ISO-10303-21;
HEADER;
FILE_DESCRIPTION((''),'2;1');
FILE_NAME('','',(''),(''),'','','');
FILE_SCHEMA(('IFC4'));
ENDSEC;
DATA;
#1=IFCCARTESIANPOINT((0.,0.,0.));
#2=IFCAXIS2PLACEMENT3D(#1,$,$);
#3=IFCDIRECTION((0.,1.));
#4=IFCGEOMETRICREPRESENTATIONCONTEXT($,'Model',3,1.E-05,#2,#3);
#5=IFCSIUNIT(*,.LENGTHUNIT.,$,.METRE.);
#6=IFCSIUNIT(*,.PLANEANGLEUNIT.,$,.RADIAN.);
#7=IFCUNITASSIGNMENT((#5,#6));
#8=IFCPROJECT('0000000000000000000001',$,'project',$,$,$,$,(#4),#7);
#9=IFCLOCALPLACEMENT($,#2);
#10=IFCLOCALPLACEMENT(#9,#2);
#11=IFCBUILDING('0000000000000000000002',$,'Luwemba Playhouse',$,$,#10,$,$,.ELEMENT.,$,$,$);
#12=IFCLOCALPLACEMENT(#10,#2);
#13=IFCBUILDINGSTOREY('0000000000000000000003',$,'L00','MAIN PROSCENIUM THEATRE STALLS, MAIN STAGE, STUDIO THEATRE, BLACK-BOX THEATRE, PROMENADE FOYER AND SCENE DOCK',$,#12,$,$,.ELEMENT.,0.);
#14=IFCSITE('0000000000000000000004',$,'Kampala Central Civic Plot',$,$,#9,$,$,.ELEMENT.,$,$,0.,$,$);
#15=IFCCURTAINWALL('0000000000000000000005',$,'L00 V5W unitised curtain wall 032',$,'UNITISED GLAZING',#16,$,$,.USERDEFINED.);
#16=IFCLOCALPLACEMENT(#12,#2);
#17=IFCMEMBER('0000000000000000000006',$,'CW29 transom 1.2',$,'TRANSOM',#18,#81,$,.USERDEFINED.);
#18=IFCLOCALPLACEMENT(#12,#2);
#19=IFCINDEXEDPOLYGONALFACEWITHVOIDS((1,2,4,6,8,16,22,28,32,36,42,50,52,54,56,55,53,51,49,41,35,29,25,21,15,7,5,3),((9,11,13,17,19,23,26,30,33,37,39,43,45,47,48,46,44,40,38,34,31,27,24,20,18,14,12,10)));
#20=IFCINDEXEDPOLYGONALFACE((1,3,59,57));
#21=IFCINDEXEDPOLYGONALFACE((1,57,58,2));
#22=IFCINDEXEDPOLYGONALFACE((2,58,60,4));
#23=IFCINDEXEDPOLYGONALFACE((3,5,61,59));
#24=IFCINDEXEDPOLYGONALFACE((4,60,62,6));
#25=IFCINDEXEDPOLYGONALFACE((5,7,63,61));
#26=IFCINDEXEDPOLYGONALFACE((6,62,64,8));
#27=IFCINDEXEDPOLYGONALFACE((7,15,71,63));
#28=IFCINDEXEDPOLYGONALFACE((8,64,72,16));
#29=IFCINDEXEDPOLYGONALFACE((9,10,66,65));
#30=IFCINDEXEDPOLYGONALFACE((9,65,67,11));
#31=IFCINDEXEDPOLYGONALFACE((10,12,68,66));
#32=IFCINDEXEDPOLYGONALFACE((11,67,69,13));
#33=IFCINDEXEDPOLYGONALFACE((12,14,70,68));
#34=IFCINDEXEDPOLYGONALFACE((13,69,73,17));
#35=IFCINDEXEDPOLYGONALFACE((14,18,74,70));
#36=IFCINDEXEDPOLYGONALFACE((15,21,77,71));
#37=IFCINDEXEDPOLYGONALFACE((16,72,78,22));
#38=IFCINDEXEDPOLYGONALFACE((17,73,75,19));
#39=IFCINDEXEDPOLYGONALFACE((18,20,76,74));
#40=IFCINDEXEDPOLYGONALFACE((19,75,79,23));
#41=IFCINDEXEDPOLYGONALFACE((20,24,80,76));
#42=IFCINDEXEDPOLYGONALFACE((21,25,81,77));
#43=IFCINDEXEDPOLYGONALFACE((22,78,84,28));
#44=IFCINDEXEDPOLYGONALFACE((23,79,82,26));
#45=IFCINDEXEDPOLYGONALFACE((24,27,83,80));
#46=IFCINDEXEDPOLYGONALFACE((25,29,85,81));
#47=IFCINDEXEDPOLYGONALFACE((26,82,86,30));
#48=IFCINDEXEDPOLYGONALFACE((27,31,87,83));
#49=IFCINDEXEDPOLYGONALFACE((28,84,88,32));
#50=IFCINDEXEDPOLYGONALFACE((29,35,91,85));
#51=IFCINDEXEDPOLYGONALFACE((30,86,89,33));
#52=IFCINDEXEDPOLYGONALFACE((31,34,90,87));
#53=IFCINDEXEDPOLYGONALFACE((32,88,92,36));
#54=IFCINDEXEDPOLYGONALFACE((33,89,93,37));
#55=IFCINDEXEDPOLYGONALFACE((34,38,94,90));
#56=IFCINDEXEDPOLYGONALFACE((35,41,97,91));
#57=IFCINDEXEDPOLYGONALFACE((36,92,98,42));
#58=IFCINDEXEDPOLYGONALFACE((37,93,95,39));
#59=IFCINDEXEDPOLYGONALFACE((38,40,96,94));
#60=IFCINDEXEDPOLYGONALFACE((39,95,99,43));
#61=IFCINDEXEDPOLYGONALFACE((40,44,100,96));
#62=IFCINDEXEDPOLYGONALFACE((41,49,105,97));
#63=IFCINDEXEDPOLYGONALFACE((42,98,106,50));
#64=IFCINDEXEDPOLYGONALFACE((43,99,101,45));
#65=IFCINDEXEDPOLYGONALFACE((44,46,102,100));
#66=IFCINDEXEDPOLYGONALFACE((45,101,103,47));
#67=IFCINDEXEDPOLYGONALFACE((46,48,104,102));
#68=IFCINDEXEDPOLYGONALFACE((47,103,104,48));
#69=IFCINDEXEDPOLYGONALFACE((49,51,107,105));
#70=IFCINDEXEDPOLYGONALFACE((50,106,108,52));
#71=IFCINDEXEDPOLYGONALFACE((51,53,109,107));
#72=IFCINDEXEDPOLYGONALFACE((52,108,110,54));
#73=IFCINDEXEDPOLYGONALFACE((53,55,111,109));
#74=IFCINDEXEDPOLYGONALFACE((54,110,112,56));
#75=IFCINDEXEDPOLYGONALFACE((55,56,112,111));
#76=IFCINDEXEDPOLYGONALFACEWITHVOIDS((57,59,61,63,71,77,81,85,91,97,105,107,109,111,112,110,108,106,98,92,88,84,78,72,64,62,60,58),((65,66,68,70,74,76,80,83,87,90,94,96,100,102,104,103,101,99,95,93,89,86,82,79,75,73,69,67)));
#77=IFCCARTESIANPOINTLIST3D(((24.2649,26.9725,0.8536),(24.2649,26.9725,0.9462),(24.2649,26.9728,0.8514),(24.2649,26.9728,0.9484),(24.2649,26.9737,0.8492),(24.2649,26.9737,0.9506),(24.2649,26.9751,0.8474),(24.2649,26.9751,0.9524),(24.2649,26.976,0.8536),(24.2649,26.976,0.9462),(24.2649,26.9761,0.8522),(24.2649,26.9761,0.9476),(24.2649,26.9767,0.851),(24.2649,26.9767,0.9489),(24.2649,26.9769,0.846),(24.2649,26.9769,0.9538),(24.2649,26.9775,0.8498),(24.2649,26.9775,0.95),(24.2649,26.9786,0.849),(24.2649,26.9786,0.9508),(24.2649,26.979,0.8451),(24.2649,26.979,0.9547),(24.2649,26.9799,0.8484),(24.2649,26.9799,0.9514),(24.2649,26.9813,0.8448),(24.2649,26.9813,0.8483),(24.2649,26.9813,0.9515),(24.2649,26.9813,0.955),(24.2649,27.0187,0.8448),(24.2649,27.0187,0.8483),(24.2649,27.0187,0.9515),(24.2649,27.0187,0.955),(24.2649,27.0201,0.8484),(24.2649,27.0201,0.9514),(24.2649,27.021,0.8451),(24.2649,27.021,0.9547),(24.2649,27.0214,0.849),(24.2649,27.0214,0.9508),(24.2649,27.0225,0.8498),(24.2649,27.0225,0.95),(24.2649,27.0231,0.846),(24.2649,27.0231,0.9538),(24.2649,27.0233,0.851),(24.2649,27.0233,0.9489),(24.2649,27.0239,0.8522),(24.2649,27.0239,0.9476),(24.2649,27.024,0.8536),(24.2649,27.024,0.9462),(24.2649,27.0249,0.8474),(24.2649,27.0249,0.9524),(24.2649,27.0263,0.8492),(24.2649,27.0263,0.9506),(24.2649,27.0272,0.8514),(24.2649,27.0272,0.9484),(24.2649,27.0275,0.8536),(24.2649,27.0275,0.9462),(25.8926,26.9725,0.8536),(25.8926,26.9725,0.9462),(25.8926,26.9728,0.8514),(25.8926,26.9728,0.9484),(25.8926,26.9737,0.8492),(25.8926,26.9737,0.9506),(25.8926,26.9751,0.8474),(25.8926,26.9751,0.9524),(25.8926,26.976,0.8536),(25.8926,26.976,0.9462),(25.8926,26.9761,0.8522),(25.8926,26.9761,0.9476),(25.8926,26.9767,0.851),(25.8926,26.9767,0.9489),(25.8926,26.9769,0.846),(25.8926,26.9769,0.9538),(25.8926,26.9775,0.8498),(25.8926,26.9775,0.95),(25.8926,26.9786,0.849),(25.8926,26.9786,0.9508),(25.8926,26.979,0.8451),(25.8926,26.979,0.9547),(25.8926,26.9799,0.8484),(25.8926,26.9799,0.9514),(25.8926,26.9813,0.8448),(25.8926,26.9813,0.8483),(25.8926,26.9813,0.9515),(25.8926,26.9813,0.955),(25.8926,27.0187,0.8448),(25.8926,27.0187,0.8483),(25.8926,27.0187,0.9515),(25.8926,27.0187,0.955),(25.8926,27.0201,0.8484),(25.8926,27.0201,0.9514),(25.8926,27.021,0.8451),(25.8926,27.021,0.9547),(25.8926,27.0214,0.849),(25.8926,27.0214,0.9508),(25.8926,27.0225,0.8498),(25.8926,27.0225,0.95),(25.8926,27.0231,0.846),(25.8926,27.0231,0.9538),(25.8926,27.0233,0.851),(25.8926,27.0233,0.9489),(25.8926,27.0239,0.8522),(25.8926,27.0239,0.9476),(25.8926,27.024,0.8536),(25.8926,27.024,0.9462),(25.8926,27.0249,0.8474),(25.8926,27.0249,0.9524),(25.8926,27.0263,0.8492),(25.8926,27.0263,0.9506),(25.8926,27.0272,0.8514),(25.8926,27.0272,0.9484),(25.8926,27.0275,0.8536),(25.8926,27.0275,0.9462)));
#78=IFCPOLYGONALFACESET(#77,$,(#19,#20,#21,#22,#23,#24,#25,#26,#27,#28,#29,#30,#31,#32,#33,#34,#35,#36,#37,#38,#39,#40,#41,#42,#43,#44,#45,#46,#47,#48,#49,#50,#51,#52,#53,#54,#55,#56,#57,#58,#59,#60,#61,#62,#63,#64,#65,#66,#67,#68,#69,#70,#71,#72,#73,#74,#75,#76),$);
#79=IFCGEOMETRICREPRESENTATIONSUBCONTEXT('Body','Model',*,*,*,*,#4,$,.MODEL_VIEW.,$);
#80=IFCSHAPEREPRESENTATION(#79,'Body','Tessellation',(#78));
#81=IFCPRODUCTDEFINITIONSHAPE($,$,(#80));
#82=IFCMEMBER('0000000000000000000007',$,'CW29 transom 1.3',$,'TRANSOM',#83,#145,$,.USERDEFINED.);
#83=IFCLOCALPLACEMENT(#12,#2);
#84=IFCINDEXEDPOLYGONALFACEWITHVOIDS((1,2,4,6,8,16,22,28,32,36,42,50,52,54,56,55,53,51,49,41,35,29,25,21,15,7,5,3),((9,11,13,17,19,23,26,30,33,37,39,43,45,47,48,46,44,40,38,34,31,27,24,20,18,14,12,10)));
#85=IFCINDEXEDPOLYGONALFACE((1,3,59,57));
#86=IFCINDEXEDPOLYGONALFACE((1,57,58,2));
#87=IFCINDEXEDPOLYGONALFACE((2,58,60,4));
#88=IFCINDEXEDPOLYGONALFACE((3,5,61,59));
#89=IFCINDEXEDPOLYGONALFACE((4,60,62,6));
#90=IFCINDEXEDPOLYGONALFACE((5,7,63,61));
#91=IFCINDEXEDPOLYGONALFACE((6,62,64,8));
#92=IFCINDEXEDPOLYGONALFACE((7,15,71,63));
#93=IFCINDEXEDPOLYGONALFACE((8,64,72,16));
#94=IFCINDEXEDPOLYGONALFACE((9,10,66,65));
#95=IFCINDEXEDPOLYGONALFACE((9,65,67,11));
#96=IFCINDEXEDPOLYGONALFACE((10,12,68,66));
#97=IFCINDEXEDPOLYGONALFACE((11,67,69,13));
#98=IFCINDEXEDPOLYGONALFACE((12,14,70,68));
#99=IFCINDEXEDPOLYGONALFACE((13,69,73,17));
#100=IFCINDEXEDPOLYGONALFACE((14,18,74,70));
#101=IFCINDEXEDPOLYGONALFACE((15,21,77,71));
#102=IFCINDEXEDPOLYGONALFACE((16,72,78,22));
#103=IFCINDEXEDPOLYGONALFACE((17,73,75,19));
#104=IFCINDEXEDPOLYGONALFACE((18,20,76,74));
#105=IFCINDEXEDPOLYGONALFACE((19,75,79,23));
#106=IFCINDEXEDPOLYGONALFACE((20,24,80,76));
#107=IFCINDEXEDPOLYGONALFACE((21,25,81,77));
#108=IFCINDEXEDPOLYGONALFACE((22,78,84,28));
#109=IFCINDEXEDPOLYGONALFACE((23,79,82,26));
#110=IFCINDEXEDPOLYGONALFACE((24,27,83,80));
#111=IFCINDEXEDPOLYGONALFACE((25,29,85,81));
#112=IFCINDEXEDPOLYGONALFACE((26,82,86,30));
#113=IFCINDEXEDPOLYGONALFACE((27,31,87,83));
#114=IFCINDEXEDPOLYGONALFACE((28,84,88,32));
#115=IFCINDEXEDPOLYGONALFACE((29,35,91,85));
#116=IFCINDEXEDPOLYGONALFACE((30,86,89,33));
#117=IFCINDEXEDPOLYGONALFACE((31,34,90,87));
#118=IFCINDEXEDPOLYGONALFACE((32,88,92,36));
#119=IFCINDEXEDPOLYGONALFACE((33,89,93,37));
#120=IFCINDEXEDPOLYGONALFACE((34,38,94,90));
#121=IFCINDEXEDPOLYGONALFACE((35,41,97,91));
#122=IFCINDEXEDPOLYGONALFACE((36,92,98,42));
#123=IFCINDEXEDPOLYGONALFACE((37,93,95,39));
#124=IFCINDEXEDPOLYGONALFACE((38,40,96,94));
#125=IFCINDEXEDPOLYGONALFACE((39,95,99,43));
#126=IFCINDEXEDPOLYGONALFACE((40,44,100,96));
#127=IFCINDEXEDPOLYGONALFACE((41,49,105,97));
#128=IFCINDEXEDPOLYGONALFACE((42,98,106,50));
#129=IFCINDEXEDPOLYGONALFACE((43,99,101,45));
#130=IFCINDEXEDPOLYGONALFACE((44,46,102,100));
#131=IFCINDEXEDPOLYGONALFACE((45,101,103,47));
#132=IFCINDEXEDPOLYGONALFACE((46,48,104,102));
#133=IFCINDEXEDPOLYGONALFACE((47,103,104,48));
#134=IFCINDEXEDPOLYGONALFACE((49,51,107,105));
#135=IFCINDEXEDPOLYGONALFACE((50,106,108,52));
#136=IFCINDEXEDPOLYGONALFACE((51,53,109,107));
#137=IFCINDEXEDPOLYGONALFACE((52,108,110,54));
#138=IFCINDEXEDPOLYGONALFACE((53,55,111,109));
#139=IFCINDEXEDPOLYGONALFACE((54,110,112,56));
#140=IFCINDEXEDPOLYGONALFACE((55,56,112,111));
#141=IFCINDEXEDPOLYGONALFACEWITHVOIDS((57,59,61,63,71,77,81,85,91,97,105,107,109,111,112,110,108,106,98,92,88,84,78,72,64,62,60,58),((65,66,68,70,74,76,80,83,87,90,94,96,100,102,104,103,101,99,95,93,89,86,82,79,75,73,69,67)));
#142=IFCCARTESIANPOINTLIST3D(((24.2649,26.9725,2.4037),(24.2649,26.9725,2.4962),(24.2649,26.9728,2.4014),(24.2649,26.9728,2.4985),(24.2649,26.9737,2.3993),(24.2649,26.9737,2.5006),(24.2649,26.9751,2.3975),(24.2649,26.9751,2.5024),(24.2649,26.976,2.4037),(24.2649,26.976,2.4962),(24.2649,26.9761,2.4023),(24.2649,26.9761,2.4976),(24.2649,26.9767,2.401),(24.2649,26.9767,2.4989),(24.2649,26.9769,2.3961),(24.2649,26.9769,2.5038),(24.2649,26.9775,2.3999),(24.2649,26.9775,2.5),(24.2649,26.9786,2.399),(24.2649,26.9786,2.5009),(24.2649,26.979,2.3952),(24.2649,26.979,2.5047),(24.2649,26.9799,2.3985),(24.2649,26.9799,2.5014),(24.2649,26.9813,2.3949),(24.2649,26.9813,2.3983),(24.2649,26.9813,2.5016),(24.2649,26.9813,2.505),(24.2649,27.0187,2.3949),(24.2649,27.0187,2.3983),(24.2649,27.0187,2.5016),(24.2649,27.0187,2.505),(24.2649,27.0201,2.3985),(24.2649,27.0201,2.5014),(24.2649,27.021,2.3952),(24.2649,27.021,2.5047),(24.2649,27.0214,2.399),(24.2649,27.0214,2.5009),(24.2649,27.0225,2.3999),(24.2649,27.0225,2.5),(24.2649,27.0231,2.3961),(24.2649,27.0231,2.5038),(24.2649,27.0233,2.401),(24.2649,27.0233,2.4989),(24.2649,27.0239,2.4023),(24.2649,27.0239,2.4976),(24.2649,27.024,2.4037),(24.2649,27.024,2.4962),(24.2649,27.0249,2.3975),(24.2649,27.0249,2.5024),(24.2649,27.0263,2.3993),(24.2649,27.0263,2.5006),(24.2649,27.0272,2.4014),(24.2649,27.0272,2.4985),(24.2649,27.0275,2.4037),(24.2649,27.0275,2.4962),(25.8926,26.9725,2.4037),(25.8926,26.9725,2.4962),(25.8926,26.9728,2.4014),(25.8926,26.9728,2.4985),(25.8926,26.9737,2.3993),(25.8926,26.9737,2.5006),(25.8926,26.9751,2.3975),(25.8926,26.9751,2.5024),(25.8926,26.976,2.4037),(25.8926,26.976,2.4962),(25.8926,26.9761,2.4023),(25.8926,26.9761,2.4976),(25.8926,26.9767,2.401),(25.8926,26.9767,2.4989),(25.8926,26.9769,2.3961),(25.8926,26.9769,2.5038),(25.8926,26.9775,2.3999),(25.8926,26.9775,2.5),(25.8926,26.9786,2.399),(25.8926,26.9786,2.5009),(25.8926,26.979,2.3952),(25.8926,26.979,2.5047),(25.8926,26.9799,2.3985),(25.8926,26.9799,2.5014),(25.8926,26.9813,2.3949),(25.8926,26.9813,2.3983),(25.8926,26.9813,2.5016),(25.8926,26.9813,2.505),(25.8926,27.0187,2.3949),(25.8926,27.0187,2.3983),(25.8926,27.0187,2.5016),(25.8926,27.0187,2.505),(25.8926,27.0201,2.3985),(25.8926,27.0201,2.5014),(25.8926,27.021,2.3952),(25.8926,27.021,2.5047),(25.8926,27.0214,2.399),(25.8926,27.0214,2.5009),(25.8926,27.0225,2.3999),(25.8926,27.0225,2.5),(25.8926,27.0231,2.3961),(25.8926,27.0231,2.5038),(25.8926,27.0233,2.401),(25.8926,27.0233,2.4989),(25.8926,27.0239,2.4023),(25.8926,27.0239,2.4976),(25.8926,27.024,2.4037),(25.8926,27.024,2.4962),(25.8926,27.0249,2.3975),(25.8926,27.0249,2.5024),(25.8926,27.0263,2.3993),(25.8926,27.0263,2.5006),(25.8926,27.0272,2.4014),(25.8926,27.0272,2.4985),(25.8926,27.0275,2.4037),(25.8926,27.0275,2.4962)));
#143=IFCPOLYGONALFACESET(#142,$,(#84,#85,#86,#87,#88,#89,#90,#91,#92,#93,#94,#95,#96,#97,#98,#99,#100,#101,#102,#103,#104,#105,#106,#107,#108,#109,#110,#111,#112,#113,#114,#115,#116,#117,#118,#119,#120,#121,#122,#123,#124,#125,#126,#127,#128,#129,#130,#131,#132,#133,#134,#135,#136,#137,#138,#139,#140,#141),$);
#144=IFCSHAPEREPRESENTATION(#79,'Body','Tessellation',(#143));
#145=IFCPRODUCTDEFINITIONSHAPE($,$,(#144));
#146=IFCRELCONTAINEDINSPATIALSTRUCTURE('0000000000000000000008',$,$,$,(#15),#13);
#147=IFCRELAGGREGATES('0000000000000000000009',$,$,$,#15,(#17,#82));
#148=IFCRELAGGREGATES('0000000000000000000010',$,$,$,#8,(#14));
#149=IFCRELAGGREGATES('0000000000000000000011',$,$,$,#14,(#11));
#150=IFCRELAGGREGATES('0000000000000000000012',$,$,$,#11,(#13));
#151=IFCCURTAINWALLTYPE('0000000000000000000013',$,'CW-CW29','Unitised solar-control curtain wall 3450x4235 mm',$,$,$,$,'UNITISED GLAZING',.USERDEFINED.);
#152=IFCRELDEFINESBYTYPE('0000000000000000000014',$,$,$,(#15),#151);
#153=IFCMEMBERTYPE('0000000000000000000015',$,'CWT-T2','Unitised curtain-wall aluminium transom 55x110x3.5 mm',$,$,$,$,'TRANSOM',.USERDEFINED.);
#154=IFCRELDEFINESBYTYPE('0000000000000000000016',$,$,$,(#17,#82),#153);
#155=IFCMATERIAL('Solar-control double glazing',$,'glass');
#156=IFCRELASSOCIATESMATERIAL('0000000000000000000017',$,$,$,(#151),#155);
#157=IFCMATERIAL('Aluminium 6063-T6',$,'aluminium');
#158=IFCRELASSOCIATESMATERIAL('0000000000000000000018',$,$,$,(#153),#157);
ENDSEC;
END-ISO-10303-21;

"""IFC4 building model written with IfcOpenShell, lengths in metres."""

from ifc_helpers import new_model, si_unit, direction, frame, origin, origin_2d, place, context, subcontext, project, spatial, hollow_rectangle, extrude, material, material_profile, profile_set, type_object, element, aggregate, save


model = new_model("IFC4")

# Units and contexts
model_context = context("Model", 3, precision=1e-05, world=origin(), true_north=direction((0.0, 1.0)))
body_context = subcontext(model_context, "Body", "Model", "MODEL_VIEW")
ifc_project = project(units=[si_unit("LENGTHUNIT", "METRE"), si_unit("PLANEANGLEUNIT", "RADIAN")], contexts=[model_context])

# Site, building, storey
site_placement = place(None, origin())
site = spatial("IfcSite", under=ifc_project, at=site_placement, Name="Kampala Central Civic Plot", CompositionType="ELEMENT", RefElevation=0.0)
building_placement = place(site_placement, origin())
building = spatial("IfcBuilding", under=site, at=building_placement, Name="Luwemba Playhouse", CompositionType="ELEMENT")
storey_placement = place(building_placement, origin())
storey = spatial("IfcBuildingStorey", under=building, at=storey_placement, Name="L00", Description="MAIN PROSCENIUM THEATRE STALLS, MAIN STAGE, STUDIO THEATRE, BLACK-BOX THEATRE, PROMENADE FOYER AND SCENE DOCK", CompositionType="ELEMENT", Elevation=0.0)

# Shared definitions
ifc_material_1 = material(Name="Solar-control double glazing", Category="glass")
ifc_material_2 = material(Name="Aluminium 6063-T6", Category="aluminium")

# Curtain wall
curtain_wall_type_1 = type_object("IfcCurtainWallType", Name="CW-CW29", Description="Unitised solar-control curtain wall 3450x4235 mm", ElementType="UNITISED GLAZING", PredefinedType="USERDEFINED", material=ifc_material_1)
curtain_wall_1_placement = place(storey_placement, origin())
curtain_wall_1 = element("IfcCurtainWall", 1, at=curtain_wall_1_placement, inside=storey, type_object=curtain_wall_type_1, Name="L00 V5W unitised curtain wall 032", ObjectType="UNITISED GLAZING", PredefinedType="USERDEFINED")

# Members
ifc_material_profile_1 = material_profile(ifc_material_2, hollow_rectangle(XDim=0.0549, YDim=0.1101, WallThickness=0.0034, InnerFilletRadius=0.0054, OuterFilletRadius=0.0088, at=origin_2d()))
ifc_profile_set_1 = profile_set([ifc_material_profile_1], Name="Aluminium 6063-T6")
member_type_1 = type_object("IfcMemberType", Name="CWT-T2", Description="Unitised curtain-wall aluminium transom 55x110x3.5 mm", ElementType="TRANSOM", PredefinedType="USERDEFINED", material=ifc_profile_set_1)
member_1_placement = place(storey_placement, frame((24.2649, 27.0, 0.8999), z_axis=(1.0, 0.0, 0.0), x_axis=(0.0, 1.0, 0.0)))
member_1 = element("IfcMember", 2, at=member_1_placement, type_object=member_type_1, Name="CW29 transom 1.2", ObjectType="TRANSOM", PredefinedType="USERDEFINED", context=body_context, shape_type="SweptSolid", body=[
    extrude(hollow_rectangle(XDim=0.0549, YDim=0.1101, WallThickness=0.0034, InnerFilletRadius=0.0054, OuterFilletRadius=0.0088, at=origin_2d()), origin(), (0.0, 0.0, 1.0), 1.6277),
])
member_2_placement = place(storey_placement, frame((24.2649, 27.0, 2.45), z_axis=(1.0, 0.0, 0.0), x_axis=(0.0, 1.0, 0.0)))
member_2 = element("IfcMember", 3, at=member_2_placement, type_object=member_type_1, Name="CW29 transom 1.3", ObjectType="TRANSOM", PredefinedType="USERDEFINED", context=body_context, shape_type="SweptSolid", body=[
    extrude(hollow_rectangle(XDim=0.0549, YDim=0.1101, WallThickness=0.0034, InnerFilletRadius=0.0054, OuterFilletRadius=0.0088, at=origin_2d()), origin(), (0.0, 0.0, 1.0), 1.6277),
])

aggregate(curtain_wall_1, [member_1, member_2])

save(model, "model.ifc")
